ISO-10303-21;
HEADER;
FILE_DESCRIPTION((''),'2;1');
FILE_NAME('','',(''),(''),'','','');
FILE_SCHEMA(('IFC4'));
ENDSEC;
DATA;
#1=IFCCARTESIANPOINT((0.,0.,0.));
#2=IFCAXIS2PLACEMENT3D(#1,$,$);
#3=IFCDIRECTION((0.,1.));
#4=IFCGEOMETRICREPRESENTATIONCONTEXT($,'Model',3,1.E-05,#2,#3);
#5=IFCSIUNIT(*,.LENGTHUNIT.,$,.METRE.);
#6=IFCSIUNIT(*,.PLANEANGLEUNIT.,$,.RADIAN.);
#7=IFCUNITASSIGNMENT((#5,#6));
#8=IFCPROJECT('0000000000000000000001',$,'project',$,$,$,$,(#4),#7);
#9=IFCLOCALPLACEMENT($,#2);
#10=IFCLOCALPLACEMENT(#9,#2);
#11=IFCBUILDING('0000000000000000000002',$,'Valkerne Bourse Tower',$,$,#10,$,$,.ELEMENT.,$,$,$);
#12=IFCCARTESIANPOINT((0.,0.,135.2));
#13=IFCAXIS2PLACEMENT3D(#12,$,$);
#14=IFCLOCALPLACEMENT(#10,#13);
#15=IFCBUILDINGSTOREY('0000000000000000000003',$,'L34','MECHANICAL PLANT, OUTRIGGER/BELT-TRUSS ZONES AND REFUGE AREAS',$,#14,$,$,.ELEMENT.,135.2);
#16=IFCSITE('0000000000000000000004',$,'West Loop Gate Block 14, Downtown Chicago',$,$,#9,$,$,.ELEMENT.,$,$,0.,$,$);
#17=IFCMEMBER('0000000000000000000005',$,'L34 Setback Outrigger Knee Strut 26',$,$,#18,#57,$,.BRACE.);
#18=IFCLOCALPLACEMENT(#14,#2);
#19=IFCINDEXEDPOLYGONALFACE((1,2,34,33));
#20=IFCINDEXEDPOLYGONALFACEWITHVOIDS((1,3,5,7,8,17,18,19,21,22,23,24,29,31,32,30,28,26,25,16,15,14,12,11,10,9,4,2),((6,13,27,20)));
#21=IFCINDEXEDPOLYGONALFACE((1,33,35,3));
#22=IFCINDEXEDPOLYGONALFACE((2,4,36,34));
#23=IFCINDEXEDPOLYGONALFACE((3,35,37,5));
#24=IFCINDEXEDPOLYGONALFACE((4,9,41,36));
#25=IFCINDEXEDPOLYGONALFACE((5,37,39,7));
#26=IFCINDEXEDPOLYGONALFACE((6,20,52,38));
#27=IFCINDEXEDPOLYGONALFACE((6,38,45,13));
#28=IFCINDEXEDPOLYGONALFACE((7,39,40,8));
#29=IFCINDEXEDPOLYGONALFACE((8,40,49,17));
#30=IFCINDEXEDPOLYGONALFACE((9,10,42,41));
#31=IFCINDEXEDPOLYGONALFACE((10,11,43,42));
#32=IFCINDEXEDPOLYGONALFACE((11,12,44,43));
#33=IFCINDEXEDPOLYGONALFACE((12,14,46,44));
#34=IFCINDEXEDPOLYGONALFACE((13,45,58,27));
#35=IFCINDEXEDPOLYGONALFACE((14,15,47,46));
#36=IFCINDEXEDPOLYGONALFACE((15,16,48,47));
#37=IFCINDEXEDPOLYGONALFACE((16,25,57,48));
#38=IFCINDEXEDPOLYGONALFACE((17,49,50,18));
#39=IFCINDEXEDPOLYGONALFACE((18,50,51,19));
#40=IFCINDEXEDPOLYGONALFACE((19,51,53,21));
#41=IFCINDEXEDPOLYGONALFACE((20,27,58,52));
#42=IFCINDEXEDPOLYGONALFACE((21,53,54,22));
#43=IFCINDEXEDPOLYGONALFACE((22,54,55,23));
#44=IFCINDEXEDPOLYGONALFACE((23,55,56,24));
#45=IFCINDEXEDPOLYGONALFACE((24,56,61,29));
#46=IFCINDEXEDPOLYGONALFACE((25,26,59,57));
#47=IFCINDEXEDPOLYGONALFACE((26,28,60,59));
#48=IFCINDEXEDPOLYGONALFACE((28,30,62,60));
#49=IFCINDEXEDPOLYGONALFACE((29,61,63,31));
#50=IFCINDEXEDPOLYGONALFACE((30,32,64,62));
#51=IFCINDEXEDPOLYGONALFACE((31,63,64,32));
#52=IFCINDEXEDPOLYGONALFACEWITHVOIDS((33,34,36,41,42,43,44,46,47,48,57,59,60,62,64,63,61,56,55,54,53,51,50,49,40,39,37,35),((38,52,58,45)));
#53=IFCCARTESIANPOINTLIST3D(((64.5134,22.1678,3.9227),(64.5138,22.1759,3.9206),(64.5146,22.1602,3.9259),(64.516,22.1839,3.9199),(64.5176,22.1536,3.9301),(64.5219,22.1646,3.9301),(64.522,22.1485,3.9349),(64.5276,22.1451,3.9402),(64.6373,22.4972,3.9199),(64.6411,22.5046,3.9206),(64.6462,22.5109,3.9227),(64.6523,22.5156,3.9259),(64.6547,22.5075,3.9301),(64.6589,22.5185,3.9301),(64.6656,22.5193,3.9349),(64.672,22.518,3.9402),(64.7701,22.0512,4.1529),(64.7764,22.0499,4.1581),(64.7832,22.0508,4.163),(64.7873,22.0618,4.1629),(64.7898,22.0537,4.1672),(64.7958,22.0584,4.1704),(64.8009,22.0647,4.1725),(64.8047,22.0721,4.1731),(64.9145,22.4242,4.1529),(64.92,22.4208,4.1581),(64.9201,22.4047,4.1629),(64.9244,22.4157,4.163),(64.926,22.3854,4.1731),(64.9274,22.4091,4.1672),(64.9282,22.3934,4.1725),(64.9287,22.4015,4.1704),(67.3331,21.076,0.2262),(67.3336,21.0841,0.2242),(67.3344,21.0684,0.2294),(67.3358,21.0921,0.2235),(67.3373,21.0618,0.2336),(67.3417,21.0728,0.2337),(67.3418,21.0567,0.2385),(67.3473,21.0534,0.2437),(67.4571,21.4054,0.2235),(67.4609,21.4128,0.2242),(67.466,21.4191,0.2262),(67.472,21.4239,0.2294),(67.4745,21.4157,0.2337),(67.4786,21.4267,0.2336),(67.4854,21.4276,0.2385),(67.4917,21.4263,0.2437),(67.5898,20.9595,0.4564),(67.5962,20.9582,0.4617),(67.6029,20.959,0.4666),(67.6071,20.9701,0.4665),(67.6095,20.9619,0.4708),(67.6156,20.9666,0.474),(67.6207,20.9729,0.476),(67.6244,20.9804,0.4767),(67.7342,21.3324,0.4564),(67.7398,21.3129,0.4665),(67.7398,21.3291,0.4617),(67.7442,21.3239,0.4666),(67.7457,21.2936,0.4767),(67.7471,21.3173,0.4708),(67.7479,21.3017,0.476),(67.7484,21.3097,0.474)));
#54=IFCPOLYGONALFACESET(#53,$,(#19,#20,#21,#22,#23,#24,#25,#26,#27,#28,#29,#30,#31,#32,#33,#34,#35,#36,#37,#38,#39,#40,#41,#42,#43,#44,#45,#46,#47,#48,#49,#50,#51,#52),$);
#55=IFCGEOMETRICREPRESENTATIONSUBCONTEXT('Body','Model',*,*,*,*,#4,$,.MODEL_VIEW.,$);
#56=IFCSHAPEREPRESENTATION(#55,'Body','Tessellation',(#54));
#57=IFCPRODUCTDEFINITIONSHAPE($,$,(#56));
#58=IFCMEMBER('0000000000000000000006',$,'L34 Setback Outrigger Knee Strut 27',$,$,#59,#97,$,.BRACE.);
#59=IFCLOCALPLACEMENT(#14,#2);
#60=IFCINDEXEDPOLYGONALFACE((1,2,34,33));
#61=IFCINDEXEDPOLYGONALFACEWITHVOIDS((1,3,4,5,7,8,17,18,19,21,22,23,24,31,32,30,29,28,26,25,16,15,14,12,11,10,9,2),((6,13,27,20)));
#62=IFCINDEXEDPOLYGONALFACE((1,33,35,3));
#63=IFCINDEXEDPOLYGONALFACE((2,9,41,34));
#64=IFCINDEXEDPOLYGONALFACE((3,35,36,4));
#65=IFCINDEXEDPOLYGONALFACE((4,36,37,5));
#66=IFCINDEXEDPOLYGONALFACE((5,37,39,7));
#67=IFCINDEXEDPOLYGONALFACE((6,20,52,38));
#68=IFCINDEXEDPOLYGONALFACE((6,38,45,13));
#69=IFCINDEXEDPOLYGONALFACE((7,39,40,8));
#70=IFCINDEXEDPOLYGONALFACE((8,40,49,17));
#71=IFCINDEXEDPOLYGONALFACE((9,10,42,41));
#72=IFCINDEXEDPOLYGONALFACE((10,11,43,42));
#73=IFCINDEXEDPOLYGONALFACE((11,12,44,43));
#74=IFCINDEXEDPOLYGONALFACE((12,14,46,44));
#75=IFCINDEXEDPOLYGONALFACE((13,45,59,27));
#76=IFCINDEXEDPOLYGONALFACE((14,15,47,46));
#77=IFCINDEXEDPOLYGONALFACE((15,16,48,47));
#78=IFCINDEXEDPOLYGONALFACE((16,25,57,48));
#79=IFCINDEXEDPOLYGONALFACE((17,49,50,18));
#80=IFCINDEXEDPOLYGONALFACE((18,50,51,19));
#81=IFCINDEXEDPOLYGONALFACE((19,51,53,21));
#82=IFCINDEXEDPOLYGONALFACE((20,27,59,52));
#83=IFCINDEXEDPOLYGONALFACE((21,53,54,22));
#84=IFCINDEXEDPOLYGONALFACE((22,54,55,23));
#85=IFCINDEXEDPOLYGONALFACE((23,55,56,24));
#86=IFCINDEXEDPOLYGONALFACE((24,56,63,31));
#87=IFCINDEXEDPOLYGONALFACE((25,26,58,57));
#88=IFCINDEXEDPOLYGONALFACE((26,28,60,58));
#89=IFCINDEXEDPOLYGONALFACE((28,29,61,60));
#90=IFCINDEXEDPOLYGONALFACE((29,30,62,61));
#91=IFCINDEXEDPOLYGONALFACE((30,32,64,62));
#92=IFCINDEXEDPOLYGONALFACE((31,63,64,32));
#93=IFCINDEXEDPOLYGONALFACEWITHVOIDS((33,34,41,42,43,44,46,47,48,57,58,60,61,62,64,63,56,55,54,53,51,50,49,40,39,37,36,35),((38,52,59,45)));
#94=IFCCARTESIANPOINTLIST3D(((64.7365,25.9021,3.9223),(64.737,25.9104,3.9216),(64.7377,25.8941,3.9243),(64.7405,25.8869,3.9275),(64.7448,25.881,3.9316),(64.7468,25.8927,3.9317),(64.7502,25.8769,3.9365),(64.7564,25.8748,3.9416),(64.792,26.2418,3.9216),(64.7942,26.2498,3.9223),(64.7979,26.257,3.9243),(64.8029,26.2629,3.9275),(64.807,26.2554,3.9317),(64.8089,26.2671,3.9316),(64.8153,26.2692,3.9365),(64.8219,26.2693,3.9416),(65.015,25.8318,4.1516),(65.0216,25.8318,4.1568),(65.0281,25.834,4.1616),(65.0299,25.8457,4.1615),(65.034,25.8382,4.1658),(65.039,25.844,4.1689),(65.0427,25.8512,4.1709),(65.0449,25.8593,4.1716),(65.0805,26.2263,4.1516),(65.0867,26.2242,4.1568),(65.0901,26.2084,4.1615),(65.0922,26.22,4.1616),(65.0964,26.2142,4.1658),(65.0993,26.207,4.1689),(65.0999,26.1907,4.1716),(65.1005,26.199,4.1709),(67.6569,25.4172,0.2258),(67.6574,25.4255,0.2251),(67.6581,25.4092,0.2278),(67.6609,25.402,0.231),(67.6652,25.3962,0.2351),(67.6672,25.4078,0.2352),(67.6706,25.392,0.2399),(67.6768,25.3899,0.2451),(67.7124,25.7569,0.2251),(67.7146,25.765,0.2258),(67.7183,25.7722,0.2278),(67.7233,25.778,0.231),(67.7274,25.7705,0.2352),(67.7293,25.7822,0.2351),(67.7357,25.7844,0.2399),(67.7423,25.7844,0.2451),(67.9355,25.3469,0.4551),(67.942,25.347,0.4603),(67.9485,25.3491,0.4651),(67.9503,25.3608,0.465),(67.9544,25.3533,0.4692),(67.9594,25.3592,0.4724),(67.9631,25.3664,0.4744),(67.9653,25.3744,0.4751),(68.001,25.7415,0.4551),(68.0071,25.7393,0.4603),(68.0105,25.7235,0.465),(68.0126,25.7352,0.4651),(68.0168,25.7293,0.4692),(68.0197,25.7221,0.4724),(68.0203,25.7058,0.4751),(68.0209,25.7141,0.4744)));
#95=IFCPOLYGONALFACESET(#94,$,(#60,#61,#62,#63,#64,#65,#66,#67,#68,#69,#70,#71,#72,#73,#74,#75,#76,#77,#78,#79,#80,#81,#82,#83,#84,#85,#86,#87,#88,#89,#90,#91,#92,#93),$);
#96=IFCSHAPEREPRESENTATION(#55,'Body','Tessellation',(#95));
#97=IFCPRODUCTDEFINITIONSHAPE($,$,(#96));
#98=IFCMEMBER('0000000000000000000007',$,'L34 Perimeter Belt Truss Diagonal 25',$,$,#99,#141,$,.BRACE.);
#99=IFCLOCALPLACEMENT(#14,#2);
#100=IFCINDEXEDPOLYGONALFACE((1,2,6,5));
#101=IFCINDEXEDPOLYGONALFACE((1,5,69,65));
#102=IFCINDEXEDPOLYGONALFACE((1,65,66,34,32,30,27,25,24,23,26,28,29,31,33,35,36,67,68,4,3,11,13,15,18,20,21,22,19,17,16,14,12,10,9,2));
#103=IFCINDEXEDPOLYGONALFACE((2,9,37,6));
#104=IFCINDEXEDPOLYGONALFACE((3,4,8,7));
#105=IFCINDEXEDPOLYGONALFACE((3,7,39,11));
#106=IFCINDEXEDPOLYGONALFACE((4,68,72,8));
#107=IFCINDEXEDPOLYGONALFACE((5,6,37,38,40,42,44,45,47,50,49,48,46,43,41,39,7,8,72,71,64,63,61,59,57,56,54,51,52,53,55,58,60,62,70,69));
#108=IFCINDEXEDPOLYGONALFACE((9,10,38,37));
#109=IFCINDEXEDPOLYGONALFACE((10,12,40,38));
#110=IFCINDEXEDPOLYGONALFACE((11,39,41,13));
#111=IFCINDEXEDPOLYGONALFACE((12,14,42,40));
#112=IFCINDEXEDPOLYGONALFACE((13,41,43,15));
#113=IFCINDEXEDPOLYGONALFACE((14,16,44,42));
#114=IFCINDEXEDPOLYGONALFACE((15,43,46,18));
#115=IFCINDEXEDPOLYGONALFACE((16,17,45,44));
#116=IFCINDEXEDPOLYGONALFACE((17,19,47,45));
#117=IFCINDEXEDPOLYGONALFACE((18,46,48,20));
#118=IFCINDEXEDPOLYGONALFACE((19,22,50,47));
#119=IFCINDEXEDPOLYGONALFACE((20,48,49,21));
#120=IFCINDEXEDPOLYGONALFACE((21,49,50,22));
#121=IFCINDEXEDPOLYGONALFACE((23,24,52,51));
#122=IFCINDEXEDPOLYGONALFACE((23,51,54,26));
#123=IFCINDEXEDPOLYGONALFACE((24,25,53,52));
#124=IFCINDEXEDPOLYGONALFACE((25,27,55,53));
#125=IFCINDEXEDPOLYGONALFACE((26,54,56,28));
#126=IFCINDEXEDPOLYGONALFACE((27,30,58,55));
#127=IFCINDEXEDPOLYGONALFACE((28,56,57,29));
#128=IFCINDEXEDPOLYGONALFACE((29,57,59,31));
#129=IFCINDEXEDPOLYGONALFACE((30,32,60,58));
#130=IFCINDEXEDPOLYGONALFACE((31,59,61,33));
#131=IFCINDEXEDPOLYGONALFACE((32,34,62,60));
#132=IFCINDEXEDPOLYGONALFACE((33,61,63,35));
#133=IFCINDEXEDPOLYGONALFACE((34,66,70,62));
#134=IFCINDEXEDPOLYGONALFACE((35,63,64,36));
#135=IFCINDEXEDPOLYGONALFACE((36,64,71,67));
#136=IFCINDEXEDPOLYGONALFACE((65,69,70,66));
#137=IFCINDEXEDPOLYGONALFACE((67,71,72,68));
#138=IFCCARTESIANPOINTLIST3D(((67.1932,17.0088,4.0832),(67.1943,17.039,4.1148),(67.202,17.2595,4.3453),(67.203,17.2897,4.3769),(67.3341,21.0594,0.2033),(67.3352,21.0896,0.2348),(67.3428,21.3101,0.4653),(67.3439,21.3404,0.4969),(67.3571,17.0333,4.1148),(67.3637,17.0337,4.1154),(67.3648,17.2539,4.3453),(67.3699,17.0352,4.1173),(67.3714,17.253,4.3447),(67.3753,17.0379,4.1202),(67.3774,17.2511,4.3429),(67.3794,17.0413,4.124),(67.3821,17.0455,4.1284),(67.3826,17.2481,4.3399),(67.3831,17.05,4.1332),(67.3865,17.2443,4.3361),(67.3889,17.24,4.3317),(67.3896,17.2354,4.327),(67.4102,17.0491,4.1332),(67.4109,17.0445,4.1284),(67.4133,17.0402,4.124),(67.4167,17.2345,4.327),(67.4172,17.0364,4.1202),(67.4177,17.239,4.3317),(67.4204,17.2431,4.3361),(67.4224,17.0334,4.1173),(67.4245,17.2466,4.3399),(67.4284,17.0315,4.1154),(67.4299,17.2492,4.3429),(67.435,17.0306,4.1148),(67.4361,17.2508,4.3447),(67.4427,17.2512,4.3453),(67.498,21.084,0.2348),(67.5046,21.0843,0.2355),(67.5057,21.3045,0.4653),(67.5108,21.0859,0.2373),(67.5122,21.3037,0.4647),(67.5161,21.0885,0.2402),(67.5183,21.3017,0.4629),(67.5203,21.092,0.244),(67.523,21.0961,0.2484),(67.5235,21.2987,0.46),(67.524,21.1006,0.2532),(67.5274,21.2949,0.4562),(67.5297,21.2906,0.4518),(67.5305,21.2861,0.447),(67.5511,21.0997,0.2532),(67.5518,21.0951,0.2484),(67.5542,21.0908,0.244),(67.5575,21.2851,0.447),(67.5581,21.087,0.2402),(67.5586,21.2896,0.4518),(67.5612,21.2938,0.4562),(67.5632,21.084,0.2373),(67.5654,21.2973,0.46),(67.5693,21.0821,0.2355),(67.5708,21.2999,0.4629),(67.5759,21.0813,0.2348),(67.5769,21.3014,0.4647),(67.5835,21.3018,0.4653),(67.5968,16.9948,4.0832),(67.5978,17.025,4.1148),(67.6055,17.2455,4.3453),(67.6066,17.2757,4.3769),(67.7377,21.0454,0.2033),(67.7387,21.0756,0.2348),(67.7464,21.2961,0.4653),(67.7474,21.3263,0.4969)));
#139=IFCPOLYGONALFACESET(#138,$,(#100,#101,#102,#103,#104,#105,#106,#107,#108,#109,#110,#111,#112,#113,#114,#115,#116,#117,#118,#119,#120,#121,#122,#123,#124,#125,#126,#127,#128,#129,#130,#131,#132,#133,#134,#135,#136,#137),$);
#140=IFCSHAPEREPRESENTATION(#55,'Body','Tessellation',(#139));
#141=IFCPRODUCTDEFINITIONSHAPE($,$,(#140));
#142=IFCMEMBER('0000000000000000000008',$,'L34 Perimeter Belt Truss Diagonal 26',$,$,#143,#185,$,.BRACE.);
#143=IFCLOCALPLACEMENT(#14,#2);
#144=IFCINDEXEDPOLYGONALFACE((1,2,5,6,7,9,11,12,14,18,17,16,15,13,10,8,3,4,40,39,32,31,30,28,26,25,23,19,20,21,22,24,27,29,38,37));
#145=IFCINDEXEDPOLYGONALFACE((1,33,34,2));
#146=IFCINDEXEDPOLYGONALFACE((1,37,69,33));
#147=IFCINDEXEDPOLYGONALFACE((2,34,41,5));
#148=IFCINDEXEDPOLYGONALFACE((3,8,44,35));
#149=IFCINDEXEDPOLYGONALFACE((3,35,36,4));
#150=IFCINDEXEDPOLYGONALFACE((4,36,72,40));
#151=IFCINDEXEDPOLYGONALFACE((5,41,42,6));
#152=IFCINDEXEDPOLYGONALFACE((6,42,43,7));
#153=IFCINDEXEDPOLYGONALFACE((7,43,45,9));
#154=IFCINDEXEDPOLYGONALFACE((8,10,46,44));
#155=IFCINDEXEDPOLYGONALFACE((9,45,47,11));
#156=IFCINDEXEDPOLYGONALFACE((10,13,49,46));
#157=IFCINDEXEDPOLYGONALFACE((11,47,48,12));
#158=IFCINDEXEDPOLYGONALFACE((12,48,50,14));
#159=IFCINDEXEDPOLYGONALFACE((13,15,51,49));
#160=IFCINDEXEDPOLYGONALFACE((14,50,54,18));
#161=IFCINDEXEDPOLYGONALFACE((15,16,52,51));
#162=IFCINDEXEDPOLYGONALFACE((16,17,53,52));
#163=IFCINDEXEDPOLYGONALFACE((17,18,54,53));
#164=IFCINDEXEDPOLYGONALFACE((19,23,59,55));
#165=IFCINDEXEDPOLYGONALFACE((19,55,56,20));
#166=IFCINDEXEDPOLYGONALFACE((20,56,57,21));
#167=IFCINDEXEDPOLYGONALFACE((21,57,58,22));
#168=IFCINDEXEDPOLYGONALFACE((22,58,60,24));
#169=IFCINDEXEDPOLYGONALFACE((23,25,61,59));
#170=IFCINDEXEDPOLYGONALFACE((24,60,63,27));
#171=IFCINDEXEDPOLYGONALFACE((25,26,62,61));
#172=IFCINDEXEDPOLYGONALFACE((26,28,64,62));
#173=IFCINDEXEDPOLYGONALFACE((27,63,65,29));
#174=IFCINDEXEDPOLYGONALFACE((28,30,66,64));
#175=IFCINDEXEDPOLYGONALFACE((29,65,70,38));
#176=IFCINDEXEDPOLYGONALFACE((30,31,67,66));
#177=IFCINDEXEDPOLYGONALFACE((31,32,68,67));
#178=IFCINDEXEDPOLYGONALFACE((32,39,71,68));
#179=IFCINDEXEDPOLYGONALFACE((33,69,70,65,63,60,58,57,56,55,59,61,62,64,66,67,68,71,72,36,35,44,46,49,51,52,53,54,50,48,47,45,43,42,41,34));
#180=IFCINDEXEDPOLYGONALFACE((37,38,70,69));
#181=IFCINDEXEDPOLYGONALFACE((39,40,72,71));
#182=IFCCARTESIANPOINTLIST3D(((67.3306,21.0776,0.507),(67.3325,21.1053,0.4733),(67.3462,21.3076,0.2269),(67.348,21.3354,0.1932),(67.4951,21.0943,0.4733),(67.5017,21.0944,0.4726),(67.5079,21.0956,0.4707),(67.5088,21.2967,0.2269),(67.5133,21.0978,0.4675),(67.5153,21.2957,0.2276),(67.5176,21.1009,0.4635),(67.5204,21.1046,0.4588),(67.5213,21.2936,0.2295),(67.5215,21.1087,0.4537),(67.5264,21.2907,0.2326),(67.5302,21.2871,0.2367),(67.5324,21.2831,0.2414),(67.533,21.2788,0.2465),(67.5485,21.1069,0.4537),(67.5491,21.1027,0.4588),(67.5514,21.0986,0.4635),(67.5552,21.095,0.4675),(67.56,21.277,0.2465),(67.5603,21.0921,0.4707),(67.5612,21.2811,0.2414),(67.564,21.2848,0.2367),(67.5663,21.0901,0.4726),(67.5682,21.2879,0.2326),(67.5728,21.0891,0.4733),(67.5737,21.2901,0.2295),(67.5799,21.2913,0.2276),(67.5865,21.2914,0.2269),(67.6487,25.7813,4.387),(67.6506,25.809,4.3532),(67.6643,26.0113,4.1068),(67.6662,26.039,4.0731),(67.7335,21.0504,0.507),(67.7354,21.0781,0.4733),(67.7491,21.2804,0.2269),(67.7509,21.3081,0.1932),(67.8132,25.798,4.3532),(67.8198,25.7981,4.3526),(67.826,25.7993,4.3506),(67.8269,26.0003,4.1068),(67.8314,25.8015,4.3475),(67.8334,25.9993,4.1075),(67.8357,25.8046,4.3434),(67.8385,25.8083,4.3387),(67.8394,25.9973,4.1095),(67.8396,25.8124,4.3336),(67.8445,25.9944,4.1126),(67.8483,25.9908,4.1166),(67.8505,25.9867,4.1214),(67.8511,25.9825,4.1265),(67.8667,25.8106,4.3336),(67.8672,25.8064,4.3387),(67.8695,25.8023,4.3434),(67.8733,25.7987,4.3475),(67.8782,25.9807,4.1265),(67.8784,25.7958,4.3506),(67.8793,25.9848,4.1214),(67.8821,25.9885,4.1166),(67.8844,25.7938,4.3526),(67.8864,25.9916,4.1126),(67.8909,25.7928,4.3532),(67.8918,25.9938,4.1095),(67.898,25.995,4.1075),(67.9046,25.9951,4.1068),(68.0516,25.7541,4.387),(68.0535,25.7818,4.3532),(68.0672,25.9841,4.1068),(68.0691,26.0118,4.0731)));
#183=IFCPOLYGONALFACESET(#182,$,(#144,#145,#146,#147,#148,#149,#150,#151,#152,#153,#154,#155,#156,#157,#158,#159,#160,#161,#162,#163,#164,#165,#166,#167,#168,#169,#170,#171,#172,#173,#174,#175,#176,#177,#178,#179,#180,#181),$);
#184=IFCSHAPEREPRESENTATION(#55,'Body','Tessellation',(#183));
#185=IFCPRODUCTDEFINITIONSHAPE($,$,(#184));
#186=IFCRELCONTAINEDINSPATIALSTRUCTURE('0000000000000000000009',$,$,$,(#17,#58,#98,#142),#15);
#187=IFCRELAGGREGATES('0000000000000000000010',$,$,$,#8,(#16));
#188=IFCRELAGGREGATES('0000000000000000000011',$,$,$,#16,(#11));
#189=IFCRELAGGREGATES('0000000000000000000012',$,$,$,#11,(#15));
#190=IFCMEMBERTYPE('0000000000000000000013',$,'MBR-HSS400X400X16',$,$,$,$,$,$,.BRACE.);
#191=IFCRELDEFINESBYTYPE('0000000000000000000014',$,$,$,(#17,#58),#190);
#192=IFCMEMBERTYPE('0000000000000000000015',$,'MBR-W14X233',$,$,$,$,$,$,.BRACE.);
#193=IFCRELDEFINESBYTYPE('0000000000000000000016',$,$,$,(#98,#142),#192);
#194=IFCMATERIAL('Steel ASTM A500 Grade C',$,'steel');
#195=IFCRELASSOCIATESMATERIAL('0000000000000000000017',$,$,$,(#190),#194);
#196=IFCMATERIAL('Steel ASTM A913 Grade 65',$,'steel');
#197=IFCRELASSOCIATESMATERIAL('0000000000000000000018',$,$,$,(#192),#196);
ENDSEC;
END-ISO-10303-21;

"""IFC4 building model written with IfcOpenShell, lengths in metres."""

from ifc_helpers import new_model, si_unit, direction, frame, origin, origin_2d, place, context, subcontext, project, spatial, hollow_rectangle, i_section, extrude, material, material_profile, profile_set, type_object, element, save


model = new_model("IFC4")

# Units and contexts
model_context = context("Model", 3, precision=1e-05, world=origin(), true_north=direction((0.0, 1.0)))
body_context = subcontext(model_context, "Body", "Model", "MODEL_VIEW")
ifc_project = project(units=[si_unit("LENGTHUNIT", "METRE"), si_unit("PLANEANGLEUNIT", "RADIAN")], contexts=[model_context])

# Site, building, storey
site_placement = place(None, origin())
site = spatial("IfcSite", under=ifc_project, at=site_placement, Name="West Loop Gate Block 14, Downtown Chicago", CompositionType="ELEMENT", RefElevation=0.0)
building_placement = place(site_placement, origin())
building = spatial("IfcBuilding", under=site, at=building_placement, Name="Valkerne Bourse Tower", CompositionType="ELEMENT")
storey_placement = place(building_placement, frame((0.0, 0.0, 135.2)))
storey = spatial("IfcBuildingStorey", under=building, at=storey_placement, Name="L34", Description="MECHANICAL PLANT, OUTRIGGER/BELT-TRUSS ZONES AND REFUGE AREAS", CompositionType="ELEMENT", Elevation=135.2)

# Shared definitions
ifc_material_1 = material(Name="Steel ASTM A913 Grade 65", Category="steel")

# Members
ifc_material_2 = material(Name="Steel ASTM A500 Grade C", Category="steel")
ifc_material_profile_1 = material_profile(ifc_material_2, hollow_rectangle(XDim=0.3999, YDim=0.3999, WallThickness=0.0161, OuterFilletRadius=0.032, at=origin_2d()), Name="HSS400X400X16")
ifc_profile_set_1 = profile_set([ifc_material_profile_1], Name="Steel ASTM A500 Grade C")
member_type_1 = type_object("IfcMemberType", Name="MBR-HSS400X400X16", PredefinedType="BRACE", material=ifc_profile_set_1)
member_1_placement = place(storey_placement, frame((67.5408, 21.1929, 0.3501), z_axis=(-0.590446, 0.228613, 0.774022), x_axis=(-0.361067, -0.93254, 0.0)))
element("IfcMember", 1, at=member_1_placement, inside=storey, type_object=member_type_1, Name="L34 Setback Outrigger Knee Strut 26", PredefinedType="BRACE", context=body_context, shape_type="SweptSolid", body=[
    extrude(hollow_rectangle(XDim=0.3999, YDim=0.3999, WallThickness=0.0161, OuterFilletRadius=0.032, at=origin_2d()), origin(), (0.0, 0.0, 1.0), 4.7756),
])
member_2_placement = place(storey_placement, frame((67.8389, 25.5657, 0.3501), z_axis=(-0.616661, 0.102382, 0.780543), x_axis=(-0.163784, -0.986496, 0.0)))
element("IfcMember", 2, at=member_2_placement, inside=storey, type_object=member_type_1, Name="L34 Setback Outrigger Knee Strut 27", PredefinedType="BRACE", context=body_context, shape_type="SweptSolid", body=[
    extrude(hollow_rectangle(XDim=0.3999, YDim=0.3999, WallThickness=0.0161, OuterFilletRadius=0.032, at=origin_2d()), origin(), (0.0, 0.0, 1.0), 4.7358),
])
ifc_material_profile_2 = material_profile(ifc_material_1, i_section(OverallWidth=0.4038, OverallDepth=0.4065, WebThickness=0.0271, FlangeThickness=0.0437, FilletRadius=0.0254, at=origin_2d()), Name="W14X233")
ifc_profile_set_2 = profile_set([ifc_material_profile_2], Name="Steel ASTM A913 Grade 65")
member_type_2 = type_object("IfcMemberType", Name="MBR-W14X233", PredefinedType="BRACE", material=ifc_profile_set_2)
member_3_placement = place(storey_placement, frame((67.5408, 21.1929, 0.3501), z_axis=(-0.025107, -0.721928, 0.691512), x_axis=(0.999396, -0.034757, 0.0)))
element("IfcMember", 3, at=member_3_placement, inside=storey, type_object=member_type_2, Name="L34 Perimeter Belt Truss Diagonal 25", PredefinedType="BRACE", context=body_context, shape_type="SweptSolid", body=[
    extrude(i_section(OverallWidth=0.4038, OverallDepth=0.4065, WebThickness=0.0271, FlangeThickness=0.0437, FilletRadius=0.0254, at=origin_2d()), origin(), (0.0, 0.0, 1.0), 5.6108),
])
member_4_placement = place(storey_placement, frame((67.5408, 21.1929, 0.3501), z_axis=(0.052102, 0.770374, 0.63546), x_axis=(-0.997721, 0.067478, 0.0)))
element("IfcMember", 4, at=member_4_placement, inside=storey, type_object=member_type_2, Name="L34 Perimeter Belt Truss Diagonal 26", PredefinedType="BRACE", context=body_context, shape_type="SweptSolid", body=[
    extrude(i_section(OverallWidth=0.4038, OverallDepth=0.4065, WebThickness=0.0271, FlangeThickness=0.0437, FilletRadius=0.0254, at=origin_2d()), origin(), (0.0, 0.0, 1.0), 6.1057),
])

save(model, "model.ifc")
